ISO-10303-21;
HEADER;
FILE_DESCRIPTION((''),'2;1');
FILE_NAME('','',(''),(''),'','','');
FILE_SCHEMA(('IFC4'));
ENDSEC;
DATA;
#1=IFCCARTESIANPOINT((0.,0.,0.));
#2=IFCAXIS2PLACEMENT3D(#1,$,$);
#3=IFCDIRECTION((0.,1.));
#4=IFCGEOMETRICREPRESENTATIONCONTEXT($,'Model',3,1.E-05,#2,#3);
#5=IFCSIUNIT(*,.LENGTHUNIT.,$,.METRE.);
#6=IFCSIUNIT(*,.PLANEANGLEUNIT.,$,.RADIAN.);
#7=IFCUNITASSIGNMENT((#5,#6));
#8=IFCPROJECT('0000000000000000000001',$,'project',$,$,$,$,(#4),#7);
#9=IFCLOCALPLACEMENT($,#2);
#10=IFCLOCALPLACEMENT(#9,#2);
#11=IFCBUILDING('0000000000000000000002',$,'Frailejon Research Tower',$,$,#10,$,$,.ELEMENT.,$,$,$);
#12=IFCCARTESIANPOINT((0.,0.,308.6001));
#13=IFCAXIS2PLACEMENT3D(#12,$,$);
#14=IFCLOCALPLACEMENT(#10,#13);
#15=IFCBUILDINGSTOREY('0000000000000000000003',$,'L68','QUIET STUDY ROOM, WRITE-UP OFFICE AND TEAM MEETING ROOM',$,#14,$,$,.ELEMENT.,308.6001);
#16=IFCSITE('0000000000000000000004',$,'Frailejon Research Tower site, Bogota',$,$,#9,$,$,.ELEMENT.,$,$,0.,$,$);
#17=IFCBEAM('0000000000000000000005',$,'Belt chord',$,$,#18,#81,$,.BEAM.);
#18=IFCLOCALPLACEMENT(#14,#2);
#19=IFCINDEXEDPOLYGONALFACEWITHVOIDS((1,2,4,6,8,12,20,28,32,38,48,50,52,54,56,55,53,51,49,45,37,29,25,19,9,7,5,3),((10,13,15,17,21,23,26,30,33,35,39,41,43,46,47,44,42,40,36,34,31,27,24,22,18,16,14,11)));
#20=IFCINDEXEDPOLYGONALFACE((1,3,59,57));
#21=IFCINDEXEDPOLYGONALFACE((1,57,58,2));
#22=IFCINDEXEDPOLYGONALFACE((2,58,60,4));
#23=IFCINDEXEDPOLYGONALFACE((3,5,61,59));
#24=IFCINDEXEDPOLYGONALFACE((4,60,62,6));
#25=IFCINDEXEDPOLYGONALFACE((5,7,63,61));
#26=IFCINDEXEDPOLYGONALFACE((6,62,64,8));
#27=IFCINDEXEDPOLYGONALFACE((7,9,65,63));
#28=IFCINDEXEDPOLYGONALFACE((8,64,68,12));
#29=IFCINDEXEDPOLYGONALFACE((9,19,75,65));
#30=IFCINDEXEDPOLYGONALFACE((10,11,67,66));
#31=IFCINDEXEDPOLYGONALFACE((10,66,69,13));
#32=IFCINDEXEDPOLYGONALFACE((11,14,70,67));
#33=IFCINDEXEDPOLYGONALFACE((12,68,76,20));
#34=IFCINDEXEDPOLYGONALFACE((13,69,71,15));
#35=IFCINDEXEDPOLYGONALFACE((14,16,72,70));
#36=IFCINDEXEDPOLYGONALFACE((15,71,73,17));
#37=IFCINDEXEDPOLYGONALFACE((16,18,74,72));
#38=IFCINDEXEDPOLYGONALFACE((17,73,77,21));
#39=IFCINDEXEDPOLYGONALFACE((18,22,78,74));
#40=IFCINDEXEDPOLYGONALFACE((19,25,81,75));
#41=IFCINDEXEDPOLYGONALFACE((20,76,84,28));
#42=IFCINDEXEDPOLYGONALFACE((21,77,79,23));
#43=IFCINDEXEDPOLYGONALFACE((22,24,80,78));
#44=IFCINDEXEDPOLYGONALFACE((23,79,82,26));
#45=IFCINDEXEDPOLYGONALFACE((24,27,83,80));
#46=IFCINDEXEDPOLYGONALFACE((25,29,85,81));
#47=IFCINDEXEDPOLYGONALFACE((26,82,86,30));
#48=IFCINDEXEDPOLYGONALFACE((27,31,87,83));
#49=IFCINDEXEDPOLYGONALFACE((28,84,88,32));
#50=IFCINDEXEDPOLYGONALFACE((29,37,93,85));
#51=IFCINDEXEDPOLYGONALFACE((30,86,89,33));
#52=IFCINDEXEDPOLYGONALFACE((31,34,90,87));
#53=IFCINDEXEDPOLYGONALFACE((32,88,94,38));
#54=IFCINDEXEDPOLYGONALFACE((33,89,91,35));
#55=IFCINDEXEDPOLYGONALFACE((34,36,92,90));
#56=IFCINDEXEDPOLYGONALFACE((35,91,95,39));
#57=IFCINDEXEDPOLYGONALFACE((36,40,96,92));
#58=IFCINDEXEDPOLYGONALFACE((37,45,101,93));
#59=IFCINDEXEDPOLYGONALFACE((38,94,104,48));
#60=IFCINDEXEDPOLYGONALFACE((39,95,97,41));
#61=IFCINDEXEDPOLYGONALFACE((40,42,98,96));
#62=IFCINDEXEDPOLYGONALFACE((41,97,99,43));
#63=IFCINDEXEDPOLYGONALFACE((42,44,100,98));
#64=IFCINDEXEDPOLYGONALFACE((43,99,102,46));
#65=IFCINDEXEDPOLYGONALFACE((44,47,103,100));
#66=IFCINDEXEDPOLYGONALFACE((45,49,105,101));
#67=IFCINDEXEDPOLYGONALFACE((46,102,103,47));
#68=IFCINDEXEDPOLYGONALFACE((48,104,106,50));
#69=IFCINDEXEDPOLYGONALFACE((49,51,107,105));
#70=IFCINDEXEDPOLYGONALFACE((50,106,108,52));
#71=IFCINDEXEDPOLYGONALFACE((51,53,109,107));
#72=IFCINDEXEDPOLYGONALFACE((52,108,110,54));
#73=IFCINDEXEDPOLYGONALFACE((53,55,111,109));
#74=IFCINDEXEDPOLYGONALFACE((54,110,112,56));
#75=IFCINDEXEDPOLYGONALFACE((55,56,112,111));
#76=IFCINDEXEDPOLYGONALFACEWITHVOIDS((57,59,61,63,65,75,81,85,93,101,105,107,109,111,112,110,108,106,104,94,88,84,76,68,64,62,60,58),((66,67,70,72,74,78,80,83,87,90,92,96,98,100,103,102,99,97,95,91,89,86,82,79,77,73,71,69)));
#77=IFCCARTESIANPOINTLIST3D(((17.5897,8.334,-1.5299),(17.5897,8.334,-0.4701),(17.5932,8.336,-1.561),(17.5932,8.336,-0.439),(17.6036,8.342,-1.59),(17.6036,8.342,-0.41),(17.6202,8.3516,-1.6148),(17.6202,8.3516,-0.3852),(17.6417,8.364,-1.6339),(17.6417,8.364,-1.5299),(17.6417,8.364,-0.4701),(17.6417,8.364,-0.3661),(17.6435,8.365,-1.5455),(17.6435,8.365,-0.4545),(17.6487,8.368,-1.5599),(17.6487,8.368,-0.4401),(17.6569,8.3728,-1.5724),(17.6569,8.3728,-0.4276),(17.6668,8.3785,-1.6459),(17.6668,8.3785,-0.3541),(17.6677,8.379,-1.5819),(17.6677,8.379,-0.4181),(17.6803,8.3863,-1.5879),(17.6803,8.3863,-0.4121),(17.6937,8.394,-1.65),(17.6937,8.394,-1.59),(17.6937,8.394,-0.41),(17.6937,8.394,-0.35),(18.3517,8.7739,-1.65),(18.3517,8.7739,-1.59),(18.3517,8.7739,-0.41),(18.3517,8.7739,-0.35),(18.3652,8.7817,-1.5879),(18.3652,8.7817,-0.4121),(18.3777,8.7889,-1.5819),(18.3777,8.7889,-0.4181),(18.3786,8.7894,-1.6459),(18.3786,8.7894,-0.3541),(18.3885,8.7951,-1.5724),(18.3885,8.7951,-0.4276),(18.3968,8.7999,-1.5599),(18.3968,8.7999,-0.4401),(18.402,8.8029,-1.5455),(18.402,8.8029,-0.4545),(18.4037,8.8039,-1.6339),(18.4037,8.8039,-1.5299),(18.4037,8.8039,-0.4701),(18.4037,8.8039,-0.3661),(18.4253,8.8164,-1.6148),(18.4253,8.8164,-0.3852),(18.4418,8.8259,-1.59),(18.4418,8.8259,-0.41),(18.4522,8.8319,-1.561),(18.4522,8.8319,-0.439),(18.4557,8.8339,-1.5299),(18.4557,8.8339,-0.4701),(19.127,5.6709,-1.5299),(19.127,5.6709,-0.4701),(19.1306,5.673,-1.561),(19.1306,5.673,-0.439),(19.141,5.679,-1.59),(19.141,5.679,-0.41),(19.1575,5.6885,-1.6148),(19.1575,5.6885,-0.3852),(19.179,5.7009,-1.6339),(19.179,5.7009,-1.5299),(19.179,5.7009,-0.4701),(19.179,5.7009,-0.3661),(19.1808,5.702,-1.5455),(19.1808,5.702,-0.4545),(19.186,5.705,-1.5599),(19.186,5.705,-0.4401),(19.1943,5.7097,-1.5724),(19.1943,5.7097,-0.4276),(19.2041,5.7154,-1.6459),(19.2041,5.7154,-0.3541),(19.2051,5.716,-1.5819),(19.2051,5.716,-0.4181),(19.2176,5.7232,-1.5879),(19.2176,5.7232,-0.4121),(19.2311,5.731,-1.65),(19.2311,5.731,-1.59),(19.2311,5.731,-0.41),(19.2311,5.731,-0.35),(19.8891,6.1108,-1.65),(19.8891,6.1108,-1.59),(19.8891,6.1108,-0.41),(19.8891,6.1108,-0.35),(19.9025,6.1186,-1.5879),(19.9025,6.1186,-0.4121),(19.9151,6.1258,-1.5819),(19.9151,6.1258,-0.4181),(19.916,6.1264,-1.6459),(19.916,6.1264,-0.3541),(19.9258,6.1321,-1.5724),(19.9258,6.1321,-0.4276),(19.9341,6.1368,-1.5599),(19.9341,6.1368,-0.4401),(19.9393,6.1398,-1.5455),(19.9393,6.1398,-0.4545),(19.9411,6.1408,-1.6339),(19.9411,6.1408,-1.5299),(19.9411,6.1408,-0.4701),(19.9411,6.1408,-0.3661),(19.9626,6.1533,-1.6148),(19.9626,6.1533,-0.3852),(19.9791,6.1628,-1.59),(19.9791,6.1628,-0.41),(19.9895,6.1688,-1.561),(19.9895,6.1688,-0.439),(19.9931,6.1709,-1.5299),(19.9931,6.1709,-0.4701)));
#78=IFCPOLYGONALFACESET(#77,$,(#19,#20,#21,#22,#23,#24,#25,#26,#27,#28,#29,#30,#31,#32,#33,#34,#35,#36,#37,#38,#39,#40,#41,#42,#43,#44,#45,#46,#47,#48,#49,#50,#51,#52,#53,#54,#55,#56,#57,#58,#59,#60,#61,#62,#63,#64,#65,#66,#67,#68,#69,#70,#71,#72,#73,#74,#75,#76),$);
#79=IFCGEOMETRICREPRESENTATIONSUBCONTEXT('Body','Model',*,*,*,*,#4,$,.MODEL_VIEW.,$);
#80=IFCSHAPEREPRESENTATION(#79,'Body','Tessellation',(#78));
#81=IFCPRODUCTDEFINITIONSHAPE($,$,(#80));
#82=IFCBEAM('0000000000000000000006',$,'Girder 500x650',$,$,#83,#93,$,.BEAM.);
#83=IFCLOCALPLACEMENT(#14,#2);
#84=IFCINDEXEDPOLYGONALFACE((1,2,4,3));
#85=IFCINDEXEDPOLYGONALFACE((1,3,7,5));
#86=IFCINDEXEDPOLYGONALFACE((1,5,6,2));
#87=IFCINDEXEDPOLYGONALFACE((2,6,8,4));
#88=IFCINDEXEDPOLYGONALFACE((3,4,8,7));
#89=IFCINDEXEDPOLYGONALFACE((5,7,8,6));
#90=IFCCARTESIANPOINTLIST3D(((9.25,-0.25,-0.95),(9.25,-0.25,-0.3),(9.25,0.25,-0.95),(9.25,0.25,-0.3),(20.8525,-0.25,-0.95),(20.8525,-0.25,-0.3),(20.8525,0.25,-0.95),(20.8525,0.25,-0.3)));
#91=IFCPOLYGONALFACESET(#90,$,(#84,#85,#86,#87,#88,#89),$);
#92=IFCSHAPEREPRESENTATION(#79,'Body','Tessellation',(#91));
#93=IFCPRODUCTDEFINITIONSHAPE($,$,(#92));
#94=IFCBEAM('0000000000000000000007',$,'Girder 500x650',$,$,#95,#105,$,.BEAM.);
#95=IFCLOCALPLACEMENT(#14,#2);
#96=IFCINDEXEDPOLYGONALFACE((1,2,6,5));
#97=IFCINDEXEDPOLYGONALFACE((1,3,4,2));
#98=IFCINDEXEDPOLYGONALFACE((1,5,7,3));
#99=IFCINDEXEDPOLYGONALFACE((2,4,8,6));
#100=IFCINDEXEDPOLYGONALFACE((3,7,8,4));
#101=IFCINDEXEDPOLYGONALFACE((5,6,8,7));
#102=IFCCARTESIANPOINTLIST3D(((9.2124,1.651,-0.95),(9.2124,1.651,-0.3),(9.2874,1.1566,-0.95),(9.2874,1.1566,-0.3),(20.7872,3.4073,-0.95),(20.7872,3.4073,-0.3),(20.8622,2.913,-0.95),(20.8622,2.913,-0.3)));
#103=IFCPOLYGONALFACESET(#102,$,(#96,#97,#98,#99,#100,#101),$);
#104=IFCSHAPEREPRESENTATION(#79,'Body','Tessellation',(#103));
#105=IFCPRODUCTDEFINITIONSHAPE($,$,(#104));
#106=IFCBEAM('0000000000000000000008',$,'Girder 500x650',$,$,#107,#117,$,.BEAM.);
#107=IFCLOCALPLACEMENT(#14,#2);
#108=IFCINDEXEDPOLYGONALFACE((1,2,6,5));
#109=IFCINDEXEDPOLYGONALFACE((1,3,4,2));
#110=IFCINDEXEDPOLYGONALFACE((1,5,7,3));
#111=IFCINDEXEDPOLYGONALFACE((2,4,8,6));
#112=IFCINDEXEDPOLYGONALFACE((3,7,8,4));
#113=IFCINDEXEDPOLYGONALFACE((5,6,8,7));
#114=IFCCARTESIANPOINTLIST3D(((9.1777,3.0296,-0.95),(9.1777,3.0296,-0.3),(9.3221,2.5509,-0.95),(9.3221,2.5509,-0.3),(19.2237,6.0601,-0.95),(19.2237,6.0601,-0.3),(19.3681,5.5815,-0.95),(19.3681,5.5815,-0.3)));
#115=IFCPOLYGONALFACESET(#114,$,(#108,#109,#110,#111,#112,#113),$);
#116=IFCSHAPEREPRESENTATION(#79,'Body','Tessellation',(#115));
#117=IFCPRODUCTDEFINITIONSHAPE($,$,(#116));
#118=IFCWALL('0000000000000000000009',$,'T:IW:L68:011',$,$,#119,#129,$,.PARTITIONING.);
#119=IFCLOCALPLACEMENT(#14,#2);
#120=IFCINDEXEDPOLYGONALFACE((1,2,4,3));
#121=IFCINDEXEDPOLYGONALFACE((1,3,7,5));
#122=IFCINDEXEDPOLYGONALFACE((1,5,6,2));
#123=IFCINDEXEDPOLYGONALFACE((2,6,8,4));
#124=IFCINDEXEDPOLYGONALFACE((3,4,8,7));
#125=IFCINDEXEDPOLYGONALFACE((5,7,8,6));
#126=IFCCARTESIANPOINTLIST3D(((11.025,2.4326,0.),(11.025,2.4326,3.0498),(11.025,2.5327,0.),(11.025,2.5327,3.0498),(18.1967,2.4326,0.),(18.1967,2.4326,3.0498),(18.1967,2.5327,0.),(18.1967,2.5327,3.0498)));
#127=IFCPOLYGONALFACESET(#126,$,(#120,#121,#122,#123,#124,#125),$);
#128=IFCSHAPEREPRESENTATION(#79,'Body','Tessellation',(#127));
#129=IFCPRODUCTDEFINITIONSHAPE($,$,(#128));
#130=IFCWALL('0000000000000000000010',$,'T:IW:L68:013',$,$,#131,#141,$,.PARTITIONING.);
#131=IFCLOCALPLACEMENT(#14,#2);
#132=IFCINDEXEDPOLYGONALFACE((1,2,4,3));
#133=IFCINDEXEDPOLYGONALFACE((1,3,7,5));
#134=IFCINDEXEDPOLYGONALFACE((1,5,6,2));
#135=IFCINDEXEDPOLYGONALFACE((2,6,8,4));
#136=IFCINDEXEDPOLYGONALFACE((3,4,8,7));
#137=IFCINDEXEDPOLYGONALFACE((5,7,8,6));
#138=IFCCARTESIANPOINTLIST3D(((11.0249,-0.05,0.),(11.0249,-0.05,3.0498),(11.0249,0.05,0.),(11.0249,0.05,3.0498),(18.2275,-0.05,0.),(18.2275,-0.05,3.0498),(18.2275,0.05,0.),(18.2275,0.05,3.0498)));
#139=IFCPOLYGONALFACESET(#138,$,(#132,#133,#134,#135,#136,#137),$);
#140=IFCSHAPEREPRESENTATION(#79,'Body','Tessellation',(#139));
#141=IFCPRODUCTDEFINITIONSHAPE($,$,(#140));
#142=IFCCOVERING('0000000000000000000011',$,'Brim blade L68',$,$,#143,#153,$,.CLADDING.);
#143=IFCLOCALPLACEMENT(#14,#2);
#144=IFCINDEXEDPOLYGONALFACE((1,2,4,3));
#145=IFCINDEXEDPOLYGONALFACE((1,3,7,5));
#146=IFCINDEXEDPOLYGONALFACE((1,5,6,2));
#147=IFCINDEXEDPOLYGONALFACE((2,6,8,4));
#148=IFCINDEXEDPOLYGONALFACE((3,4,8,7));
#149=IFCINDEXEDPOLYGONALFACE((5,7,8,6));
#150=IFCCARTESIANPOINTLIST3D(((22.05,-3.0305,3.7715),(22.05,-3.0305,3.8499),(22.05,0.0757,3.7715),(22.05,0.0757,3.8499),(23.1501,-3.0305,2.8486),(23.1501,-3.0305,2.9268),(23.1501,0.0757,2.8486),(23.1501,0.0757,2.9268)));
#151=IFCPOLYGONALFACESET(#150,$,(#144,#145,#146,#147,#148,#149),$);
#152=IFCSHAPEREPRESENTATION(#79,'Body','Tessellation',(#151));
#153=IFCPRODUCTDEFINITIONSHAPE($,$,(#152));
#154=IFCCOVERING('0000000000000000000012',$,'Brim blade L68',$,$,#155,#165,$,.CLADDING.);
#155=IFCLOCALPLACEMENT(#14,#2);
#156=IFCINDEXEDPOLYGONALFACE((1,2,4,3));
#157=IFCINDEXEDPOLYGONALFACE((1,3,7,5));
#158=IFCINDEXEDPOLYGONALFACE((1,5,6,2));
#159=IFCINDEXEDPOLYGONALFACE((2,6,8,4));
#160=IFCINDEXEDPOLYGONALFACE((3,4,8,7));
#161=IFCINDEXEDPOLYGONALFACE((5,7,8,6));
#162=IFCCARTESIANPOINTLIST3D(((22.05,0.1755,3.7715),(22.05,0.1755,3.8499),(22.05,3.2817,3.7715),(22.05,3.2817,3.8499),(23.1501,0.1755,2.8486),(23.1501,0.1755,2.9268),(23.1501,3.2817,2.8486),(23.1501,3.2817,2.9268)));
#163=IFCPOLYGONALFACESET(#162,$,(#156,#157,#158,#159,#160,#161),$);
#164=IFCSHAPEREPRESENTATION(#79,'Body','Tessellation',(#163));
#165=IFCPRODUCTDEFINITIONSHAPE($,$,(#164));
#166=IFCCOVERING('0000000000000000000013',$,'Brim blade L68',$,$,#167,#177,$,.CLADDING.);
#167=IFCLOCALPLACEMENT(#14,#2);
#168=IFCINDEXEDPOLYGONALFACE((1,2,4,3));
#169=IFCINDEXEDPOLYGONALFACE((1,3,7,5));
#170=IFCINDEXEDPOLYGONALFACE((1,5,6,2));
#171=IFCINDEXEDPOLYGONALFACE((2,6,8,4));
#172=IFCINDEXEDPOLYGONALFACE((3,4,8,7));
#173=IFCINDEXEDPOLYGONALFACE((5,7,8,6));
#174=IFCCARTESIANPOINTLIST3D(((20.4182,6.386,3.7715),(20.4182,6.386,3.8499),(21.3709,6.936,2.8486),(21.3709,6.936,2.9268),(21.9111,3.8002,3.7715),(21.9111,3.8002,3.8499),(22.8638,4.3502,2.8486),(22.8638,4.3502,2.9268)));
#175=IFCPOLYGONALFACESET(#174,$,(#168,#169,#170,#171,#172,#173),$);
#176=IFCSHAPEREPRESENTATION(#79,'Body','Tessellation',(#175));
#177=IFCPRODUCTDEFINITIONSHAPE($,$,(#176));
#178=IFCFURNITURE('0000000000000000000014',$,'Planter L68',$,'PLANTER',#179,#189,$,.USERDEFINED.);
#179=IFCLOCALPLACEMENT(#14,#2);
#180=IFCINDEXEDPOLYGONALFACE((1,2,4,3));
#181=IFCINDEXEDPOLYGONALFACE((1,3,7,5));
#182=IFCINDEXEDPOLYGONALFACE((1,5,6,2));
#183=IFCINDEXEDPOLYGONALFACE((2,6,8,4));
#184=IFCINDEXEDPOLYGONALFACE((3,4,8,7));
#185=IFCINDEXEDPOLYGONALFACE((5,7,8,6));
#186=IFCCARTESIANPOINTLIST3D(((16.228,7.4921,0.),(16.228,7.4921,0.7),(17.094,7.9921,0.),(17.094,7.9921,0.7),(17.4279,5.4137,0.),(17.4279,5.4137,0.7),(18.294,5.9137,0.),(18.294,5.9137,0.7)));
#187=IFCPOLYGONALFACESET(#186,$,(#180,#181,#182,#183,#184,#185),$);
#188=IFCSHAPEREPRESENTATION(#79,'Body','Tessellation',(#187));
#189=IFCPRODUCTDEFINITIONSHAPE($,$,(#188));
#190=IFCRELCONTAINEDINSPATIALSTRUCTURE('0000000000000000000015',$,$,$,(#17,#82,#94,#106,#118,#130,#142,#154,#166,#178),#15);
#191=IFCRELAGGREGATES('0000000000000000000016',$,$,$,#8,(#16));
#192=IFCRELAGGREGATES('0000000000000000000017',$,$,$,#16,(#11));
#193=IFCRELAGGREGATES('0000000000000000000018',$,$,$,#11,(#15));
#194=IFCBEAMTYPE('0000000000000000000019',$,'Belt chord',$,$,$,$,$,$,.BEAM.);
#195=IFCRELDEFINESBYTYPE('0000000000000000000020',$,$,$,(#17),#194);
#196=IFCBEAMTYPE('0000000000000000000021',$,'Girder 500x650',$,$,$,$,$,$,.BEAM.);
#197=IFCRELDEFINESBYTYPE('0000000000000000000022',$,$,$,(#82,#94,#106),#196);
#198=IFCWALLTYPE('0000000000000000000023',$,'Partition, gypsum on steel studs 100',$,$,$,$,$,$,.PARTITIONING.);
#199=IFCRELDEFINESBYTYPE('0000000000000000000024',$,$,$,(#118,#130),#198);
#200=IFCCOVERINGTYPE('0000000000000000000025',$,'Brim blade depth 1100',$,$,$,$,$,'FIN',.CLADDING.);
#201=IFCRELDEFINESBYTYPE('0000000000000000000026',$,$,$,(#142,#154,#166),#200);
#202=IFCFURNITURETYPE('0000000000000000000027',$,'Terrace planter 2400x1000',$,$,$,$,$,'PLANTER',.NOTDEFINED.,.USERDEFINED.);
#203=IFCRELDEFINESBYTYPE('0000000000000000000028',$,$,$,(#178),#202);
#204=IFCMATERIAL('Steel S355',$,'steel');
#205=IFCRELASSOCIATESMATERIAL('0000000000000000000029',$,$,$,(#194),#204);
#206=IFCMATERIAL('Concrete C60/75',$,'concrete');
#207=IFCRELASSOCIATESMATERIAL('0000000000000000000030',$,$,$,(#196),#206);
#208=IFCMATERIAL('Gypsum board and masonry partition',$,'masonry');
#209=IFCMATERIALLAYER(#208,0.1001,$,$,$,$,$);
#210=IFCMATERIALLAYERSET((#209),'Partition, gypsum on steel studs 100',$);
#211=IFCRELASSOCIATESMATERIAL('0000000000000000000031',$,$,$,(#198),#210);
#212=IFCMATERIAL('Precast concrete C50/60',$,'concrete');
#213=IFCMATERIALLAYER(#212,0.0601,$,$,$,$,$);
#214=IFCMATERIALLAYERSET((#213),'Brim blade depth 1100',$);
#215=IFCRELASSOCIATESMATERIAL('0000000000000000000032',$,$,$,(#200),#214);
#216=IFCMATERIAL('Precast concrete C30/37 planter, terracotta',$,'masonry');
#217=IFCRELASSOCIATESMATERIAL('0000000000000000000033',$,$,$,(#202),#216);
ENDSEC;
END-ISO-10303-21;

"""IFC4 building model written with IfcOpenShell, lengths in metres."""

from ifc_helpers import new_model, si_unit, direction, frame, frame_2d, origin, origin_2d, place, context, subcontext, project, spatial, polyline, rectangle, hollow_rectangle, outline, extrude, material, layer, layer_set, material_profile, profile_set, type_object, element, save


model = new_model("IFC4")

# Units and contexts
model_context = context("Model", 3, precision=1e-05, world=origin(), true_north=direction((0.0, 1.0)))
body_context = subcontext(model_context, "Body", "Model", "MODEL_VIEW")
ifc_project = project(units=[si_unit("LENGTHUNIT", "METRE"), si_unit("PLANEANGLEUNIT", "RADIAN")], contexts=[model_context])

# Site, building, storey
site_placement = place(None, origin())
site = spatial("IfcSite", under=ifc_project, at=site_placement, Name="Frailejon Research Tower site, Bogota", CompositionType="ELEMENT", RefElevation=0.0)
building_placement = place(site_placement, origin())
building = spatial("IfcBuilding", under=site, at=building_placement, Name="Frailejon Research Tower", CompositionType="ELEMENT")
storey_placement = place(building_placement, frame((0.0, 0.0, 308.6001)))
storey = spatial("IfcBuildingStorey", under=building, at=storey_placement, Name="L68", Description="QUIET STUDY ROOM, WRITE-UP OFFICE AND TEAM MEETING ROOM", CompositionType="ELEMENT", Elevation=308.6001)

# Beams
ifc_material_1 = material(Name="Steel S355", Category="steel")
ifc_material_profile_1 = material_profile(ifc_material_1, hollow_rectangle(XDim=1.0, YDim=1.3, WallThickness=0.0601, InnerFilletRadius=0.0601, OuterFilletRadius=0.1201, at=origin_2d()), Name="Belt chord")
ifc_profile_set_1 = profile_set([ifc_material_profile_1], Name="Steel S355")
beam_type_1 = type_object("IfcBeamType", Name="Belt chord", PredefinedType="BEAM", material=ifc_profile_set_1)
beam_1_placement = place(storey_placement, frame((19.5601, 5.9209, -1.0), z_axis=(-0.499956, 0.866051, 0.0), x_axis=(-0.866051, -0.499956, 0.0)))
element("IfcBeam", 1, at=beam_1_placement, inside=storey, type_object=beam_type_1, Name="Belt chord", PredefinedType="BEAM", context=body_context, shape_type="SweptSolid", body=[
    extrude(hollow_rectangle(XDim=1.0, YDim=1.3, WallThickness=0.0601, InnerFilletRadius=0.0601, OuterFilletRadius=0.1201, at=origin_2d()), origin(), (0.0, 0.0, 1.0), 3.075),
])
ifc_material_2 = material(Name="Concrete C60/75", Category="concrete")
ifc_material_profile_2 = material_profile(ifc_material_2, rectangle(XDim=0.5, YDim=0.6499, at=origin_2d()), Name="Girder 500x650")
ifc_profile_set_2 = profile_set([ifc_material_profile_2], Name="Concrete C60/75")
beam_type_2 = type_object("IfcBeamType", Name="Girder 500x650", PredefinedType="BEAM", material=ifc_profile_set_2)
beam_2_placement = place(storey_placement, frame((20.8525, 0.0, -0.625), z_axis=(-1.0, 0.0, 0.0), x_axis=(0.0, -1.0, 0.0)))
element("IfcBeam", 2, at=beam_2_placement, inside=storey, type_object=beam_type_2, Name="Girder 500x650", PredefinedType="BEAM", context=body_context, shape_type="SweptSolid", body=[
    extrude(rectangle(XDim=0.5, YDim=0.6499, at=origin_2d()), origin(), (0.0, 0.0, 1.0), 11.6025),
])
beam_3_placement = place(storey_placement, frame((20.8247, 3.1602, -0.625), z_axis=(-0.988683, -0.150023, 0.0), x_axis=(0.150023, -0.988683, 0.0)))
element("IfcBeam", 3, at=beam_3_placement, inside=storey, type_object=beam_type_2, Name="Girder 500x650", PredefinedType="BEAM", context=body_context, shape_type="SweptSolid", body=[
    extrude(rectangle(XDim=0.5, YDim=0.6499, at=origin_2d()), origin(), (0.0, 0.0, 1.0), 11.7073),
])
beam_4_placement = place(storey_placement, frame((19.2959, 5.8208, -0.625), z_axis=(-0.957386, -0.288812, 0.0), x_axis=(0.288812, -0.957386, 0.0)))
element("IfcBeam", 4, at=beam_4_placement, inside=storey, type_object=beam_type_2, Name="Girder 500x650", PredefinedType="BEAM", context=body_context, shape_type="SweptSolid", body=[
    extrude(rectangle(XDim=0.5, YDim=0.6499, at=origin_2d()), origin(), (0.0, 0.0, 1.0), 10.4932),
])

# Walls
ifc_material_3 = material(Name="Gypsum board and masonry partition", Category="masonry")
ifc_layer_1 = layer(ifc_material_3, 0.1001)
ifc_layer_set_1 = layer_set([ifc_layer_1], Name="Partition, gypsum on steel studs 100")
wall_type_1 = type_object("IfcWallType", Name="Partition, gypsum on steel studs 100", PredefinedType="PARTITIONING", material=ifc_layer_set_1)
wall_1_placement = place(storey_placement, frame((11.0249, 2.4827, 0.0), z_axis=(0.0, 0.0, 1.0), x_axis=(1.0, 0.0, 0.0)))
element("IfcWall", 5, at=wall_1_placement, inside=storey, type_object=wall_type_1, Name="T:IW:L68:011", PredefinedType="PARTITIONING", context=body_context, shape_type="SweptSolid", body=[
    extrude(rectangle(XDim=7.1716, YDim=0.1001, at=frame_2d((3.5859, 0.0))), origin(), (0.0, 0.0, 1.0), 3.0498),
])
wall_2_placement = place(storey_placement, frame((11.0249, 0.0, 0.0), z_axis=(0.0, 0.0, 1.0), x_axis=(1.0, 0.0, 0.0)))
element("IfcWall", 6, at=wall_2_placement, inside=storey, type_object=wall_type_1, Name="T:IW:L68:013", PredefinedType="PARTITIONING", context=body_context, shape_type="SweptSolid", body=[
    extrude(rectangle(XDim=7.2026, YDim=0.1001, at=frame_2d((3.6013, 0.0))), origin(), (0.0, 0.0, 1.0), 3.0498),
])

# Coverings
ifc_material_4 = material(Name="Precast concrete C50/60", Category="concrete")
ifc_layer_2 = layer(ifc_material_4, 0.0601)
ifc_layer_set_2 = layer_set([ifc_layer_2], Name="Brim blade depth 1100")
covering_type = type_object("IfcCoveringType", Name="Brim blade depth 1100", ElementType="FIN", PredefinedType="CLADDING", material=ifc_layer_set_2)
for number, where, z_axis, x_axis, name in (
    (7, (22.05, 0.0757, 3.8499), (0.0, -1.0, 0.0), (1.0, 0.0, 0.0), "Brim blade L68"),
    (8, (22.05, 3.2817, 3.8499), (0.0, -1.0, 0.0), (1.0, 0.0, 0.0), "Brim blade L68"),
):
    element("IfcCovering", number, at=place(storey_placement, frame(where, z_axis=z_axis, x_axis=x_axis)), inside=storey, type_object=covering_type, Name=name, PredefinedType="CLADDING", context=body_context, shape_type="SweptSolid", body=[
        extrude(outline(polyline([(0.0, -0.0784), (1.1001, -1.0012), (1.1001, -0.9231), (0.0, 0.0), (0.0, -0.0784)])), origin(), (0.0, 0.0, 1.0), 3.1062),
    ])
covering_placement = place(storey_placement, frame((20.4182, 6.386, 3.8499), z_axis=(0.499997, -0.866027, 0.0), x_axis=(0.866027, 0.499997, 0.0)))
element("IfcCovering", 9, at=covering_placement, inside=storey, type_object=covering_type, Name="Brim blade L68", PredefinedType="CLADDING", context=body_context, shape_type="SweptSolid", body=[
    extrude(outline(polyline([(0.0, -0.0784), (1.1001, -1.0012), (1.1001, -0.9231), (0.0, 0.0), (0.0, -0.0784)])), origin(), (0.0, 0.0, 1.0), 2.9858),
])

# Furniture
ifc_material_5 = material(Name="Precast concrete C30/37 planter, terracotta", Category="masonry")
furniture_type = type_object("IfcFurnitureType", Name="Terrace planter 2400x1000", ElementType="PLANTER", AssemblyPlace="NOTDEFINED", PredefinedType="USERDEFINED", material=ifc_material_5)
furniture_placement = place(storey_placement, frame((17.261, 6.7029, 0.0), z_axis=(0.0, 0.0, 1.0), x_axis=(-0.5, 0.866025, 0.0)))
element("IfcFurniture", 10, at=furniture_placement, inside=storey, type_object=furniture_type, Name="Planter L68", ObjectType="PLANTER", PredefinedType="USERDEFINED", context=body_context, shape_type="SweptSolid", body=[
    extrude(rectangle(XDim=2.3999, YDim=1.0, at=origin_2d()), origin(), (0.0, 0.0, 1.0), 0.7),
])

save(model, "model.ifc")
